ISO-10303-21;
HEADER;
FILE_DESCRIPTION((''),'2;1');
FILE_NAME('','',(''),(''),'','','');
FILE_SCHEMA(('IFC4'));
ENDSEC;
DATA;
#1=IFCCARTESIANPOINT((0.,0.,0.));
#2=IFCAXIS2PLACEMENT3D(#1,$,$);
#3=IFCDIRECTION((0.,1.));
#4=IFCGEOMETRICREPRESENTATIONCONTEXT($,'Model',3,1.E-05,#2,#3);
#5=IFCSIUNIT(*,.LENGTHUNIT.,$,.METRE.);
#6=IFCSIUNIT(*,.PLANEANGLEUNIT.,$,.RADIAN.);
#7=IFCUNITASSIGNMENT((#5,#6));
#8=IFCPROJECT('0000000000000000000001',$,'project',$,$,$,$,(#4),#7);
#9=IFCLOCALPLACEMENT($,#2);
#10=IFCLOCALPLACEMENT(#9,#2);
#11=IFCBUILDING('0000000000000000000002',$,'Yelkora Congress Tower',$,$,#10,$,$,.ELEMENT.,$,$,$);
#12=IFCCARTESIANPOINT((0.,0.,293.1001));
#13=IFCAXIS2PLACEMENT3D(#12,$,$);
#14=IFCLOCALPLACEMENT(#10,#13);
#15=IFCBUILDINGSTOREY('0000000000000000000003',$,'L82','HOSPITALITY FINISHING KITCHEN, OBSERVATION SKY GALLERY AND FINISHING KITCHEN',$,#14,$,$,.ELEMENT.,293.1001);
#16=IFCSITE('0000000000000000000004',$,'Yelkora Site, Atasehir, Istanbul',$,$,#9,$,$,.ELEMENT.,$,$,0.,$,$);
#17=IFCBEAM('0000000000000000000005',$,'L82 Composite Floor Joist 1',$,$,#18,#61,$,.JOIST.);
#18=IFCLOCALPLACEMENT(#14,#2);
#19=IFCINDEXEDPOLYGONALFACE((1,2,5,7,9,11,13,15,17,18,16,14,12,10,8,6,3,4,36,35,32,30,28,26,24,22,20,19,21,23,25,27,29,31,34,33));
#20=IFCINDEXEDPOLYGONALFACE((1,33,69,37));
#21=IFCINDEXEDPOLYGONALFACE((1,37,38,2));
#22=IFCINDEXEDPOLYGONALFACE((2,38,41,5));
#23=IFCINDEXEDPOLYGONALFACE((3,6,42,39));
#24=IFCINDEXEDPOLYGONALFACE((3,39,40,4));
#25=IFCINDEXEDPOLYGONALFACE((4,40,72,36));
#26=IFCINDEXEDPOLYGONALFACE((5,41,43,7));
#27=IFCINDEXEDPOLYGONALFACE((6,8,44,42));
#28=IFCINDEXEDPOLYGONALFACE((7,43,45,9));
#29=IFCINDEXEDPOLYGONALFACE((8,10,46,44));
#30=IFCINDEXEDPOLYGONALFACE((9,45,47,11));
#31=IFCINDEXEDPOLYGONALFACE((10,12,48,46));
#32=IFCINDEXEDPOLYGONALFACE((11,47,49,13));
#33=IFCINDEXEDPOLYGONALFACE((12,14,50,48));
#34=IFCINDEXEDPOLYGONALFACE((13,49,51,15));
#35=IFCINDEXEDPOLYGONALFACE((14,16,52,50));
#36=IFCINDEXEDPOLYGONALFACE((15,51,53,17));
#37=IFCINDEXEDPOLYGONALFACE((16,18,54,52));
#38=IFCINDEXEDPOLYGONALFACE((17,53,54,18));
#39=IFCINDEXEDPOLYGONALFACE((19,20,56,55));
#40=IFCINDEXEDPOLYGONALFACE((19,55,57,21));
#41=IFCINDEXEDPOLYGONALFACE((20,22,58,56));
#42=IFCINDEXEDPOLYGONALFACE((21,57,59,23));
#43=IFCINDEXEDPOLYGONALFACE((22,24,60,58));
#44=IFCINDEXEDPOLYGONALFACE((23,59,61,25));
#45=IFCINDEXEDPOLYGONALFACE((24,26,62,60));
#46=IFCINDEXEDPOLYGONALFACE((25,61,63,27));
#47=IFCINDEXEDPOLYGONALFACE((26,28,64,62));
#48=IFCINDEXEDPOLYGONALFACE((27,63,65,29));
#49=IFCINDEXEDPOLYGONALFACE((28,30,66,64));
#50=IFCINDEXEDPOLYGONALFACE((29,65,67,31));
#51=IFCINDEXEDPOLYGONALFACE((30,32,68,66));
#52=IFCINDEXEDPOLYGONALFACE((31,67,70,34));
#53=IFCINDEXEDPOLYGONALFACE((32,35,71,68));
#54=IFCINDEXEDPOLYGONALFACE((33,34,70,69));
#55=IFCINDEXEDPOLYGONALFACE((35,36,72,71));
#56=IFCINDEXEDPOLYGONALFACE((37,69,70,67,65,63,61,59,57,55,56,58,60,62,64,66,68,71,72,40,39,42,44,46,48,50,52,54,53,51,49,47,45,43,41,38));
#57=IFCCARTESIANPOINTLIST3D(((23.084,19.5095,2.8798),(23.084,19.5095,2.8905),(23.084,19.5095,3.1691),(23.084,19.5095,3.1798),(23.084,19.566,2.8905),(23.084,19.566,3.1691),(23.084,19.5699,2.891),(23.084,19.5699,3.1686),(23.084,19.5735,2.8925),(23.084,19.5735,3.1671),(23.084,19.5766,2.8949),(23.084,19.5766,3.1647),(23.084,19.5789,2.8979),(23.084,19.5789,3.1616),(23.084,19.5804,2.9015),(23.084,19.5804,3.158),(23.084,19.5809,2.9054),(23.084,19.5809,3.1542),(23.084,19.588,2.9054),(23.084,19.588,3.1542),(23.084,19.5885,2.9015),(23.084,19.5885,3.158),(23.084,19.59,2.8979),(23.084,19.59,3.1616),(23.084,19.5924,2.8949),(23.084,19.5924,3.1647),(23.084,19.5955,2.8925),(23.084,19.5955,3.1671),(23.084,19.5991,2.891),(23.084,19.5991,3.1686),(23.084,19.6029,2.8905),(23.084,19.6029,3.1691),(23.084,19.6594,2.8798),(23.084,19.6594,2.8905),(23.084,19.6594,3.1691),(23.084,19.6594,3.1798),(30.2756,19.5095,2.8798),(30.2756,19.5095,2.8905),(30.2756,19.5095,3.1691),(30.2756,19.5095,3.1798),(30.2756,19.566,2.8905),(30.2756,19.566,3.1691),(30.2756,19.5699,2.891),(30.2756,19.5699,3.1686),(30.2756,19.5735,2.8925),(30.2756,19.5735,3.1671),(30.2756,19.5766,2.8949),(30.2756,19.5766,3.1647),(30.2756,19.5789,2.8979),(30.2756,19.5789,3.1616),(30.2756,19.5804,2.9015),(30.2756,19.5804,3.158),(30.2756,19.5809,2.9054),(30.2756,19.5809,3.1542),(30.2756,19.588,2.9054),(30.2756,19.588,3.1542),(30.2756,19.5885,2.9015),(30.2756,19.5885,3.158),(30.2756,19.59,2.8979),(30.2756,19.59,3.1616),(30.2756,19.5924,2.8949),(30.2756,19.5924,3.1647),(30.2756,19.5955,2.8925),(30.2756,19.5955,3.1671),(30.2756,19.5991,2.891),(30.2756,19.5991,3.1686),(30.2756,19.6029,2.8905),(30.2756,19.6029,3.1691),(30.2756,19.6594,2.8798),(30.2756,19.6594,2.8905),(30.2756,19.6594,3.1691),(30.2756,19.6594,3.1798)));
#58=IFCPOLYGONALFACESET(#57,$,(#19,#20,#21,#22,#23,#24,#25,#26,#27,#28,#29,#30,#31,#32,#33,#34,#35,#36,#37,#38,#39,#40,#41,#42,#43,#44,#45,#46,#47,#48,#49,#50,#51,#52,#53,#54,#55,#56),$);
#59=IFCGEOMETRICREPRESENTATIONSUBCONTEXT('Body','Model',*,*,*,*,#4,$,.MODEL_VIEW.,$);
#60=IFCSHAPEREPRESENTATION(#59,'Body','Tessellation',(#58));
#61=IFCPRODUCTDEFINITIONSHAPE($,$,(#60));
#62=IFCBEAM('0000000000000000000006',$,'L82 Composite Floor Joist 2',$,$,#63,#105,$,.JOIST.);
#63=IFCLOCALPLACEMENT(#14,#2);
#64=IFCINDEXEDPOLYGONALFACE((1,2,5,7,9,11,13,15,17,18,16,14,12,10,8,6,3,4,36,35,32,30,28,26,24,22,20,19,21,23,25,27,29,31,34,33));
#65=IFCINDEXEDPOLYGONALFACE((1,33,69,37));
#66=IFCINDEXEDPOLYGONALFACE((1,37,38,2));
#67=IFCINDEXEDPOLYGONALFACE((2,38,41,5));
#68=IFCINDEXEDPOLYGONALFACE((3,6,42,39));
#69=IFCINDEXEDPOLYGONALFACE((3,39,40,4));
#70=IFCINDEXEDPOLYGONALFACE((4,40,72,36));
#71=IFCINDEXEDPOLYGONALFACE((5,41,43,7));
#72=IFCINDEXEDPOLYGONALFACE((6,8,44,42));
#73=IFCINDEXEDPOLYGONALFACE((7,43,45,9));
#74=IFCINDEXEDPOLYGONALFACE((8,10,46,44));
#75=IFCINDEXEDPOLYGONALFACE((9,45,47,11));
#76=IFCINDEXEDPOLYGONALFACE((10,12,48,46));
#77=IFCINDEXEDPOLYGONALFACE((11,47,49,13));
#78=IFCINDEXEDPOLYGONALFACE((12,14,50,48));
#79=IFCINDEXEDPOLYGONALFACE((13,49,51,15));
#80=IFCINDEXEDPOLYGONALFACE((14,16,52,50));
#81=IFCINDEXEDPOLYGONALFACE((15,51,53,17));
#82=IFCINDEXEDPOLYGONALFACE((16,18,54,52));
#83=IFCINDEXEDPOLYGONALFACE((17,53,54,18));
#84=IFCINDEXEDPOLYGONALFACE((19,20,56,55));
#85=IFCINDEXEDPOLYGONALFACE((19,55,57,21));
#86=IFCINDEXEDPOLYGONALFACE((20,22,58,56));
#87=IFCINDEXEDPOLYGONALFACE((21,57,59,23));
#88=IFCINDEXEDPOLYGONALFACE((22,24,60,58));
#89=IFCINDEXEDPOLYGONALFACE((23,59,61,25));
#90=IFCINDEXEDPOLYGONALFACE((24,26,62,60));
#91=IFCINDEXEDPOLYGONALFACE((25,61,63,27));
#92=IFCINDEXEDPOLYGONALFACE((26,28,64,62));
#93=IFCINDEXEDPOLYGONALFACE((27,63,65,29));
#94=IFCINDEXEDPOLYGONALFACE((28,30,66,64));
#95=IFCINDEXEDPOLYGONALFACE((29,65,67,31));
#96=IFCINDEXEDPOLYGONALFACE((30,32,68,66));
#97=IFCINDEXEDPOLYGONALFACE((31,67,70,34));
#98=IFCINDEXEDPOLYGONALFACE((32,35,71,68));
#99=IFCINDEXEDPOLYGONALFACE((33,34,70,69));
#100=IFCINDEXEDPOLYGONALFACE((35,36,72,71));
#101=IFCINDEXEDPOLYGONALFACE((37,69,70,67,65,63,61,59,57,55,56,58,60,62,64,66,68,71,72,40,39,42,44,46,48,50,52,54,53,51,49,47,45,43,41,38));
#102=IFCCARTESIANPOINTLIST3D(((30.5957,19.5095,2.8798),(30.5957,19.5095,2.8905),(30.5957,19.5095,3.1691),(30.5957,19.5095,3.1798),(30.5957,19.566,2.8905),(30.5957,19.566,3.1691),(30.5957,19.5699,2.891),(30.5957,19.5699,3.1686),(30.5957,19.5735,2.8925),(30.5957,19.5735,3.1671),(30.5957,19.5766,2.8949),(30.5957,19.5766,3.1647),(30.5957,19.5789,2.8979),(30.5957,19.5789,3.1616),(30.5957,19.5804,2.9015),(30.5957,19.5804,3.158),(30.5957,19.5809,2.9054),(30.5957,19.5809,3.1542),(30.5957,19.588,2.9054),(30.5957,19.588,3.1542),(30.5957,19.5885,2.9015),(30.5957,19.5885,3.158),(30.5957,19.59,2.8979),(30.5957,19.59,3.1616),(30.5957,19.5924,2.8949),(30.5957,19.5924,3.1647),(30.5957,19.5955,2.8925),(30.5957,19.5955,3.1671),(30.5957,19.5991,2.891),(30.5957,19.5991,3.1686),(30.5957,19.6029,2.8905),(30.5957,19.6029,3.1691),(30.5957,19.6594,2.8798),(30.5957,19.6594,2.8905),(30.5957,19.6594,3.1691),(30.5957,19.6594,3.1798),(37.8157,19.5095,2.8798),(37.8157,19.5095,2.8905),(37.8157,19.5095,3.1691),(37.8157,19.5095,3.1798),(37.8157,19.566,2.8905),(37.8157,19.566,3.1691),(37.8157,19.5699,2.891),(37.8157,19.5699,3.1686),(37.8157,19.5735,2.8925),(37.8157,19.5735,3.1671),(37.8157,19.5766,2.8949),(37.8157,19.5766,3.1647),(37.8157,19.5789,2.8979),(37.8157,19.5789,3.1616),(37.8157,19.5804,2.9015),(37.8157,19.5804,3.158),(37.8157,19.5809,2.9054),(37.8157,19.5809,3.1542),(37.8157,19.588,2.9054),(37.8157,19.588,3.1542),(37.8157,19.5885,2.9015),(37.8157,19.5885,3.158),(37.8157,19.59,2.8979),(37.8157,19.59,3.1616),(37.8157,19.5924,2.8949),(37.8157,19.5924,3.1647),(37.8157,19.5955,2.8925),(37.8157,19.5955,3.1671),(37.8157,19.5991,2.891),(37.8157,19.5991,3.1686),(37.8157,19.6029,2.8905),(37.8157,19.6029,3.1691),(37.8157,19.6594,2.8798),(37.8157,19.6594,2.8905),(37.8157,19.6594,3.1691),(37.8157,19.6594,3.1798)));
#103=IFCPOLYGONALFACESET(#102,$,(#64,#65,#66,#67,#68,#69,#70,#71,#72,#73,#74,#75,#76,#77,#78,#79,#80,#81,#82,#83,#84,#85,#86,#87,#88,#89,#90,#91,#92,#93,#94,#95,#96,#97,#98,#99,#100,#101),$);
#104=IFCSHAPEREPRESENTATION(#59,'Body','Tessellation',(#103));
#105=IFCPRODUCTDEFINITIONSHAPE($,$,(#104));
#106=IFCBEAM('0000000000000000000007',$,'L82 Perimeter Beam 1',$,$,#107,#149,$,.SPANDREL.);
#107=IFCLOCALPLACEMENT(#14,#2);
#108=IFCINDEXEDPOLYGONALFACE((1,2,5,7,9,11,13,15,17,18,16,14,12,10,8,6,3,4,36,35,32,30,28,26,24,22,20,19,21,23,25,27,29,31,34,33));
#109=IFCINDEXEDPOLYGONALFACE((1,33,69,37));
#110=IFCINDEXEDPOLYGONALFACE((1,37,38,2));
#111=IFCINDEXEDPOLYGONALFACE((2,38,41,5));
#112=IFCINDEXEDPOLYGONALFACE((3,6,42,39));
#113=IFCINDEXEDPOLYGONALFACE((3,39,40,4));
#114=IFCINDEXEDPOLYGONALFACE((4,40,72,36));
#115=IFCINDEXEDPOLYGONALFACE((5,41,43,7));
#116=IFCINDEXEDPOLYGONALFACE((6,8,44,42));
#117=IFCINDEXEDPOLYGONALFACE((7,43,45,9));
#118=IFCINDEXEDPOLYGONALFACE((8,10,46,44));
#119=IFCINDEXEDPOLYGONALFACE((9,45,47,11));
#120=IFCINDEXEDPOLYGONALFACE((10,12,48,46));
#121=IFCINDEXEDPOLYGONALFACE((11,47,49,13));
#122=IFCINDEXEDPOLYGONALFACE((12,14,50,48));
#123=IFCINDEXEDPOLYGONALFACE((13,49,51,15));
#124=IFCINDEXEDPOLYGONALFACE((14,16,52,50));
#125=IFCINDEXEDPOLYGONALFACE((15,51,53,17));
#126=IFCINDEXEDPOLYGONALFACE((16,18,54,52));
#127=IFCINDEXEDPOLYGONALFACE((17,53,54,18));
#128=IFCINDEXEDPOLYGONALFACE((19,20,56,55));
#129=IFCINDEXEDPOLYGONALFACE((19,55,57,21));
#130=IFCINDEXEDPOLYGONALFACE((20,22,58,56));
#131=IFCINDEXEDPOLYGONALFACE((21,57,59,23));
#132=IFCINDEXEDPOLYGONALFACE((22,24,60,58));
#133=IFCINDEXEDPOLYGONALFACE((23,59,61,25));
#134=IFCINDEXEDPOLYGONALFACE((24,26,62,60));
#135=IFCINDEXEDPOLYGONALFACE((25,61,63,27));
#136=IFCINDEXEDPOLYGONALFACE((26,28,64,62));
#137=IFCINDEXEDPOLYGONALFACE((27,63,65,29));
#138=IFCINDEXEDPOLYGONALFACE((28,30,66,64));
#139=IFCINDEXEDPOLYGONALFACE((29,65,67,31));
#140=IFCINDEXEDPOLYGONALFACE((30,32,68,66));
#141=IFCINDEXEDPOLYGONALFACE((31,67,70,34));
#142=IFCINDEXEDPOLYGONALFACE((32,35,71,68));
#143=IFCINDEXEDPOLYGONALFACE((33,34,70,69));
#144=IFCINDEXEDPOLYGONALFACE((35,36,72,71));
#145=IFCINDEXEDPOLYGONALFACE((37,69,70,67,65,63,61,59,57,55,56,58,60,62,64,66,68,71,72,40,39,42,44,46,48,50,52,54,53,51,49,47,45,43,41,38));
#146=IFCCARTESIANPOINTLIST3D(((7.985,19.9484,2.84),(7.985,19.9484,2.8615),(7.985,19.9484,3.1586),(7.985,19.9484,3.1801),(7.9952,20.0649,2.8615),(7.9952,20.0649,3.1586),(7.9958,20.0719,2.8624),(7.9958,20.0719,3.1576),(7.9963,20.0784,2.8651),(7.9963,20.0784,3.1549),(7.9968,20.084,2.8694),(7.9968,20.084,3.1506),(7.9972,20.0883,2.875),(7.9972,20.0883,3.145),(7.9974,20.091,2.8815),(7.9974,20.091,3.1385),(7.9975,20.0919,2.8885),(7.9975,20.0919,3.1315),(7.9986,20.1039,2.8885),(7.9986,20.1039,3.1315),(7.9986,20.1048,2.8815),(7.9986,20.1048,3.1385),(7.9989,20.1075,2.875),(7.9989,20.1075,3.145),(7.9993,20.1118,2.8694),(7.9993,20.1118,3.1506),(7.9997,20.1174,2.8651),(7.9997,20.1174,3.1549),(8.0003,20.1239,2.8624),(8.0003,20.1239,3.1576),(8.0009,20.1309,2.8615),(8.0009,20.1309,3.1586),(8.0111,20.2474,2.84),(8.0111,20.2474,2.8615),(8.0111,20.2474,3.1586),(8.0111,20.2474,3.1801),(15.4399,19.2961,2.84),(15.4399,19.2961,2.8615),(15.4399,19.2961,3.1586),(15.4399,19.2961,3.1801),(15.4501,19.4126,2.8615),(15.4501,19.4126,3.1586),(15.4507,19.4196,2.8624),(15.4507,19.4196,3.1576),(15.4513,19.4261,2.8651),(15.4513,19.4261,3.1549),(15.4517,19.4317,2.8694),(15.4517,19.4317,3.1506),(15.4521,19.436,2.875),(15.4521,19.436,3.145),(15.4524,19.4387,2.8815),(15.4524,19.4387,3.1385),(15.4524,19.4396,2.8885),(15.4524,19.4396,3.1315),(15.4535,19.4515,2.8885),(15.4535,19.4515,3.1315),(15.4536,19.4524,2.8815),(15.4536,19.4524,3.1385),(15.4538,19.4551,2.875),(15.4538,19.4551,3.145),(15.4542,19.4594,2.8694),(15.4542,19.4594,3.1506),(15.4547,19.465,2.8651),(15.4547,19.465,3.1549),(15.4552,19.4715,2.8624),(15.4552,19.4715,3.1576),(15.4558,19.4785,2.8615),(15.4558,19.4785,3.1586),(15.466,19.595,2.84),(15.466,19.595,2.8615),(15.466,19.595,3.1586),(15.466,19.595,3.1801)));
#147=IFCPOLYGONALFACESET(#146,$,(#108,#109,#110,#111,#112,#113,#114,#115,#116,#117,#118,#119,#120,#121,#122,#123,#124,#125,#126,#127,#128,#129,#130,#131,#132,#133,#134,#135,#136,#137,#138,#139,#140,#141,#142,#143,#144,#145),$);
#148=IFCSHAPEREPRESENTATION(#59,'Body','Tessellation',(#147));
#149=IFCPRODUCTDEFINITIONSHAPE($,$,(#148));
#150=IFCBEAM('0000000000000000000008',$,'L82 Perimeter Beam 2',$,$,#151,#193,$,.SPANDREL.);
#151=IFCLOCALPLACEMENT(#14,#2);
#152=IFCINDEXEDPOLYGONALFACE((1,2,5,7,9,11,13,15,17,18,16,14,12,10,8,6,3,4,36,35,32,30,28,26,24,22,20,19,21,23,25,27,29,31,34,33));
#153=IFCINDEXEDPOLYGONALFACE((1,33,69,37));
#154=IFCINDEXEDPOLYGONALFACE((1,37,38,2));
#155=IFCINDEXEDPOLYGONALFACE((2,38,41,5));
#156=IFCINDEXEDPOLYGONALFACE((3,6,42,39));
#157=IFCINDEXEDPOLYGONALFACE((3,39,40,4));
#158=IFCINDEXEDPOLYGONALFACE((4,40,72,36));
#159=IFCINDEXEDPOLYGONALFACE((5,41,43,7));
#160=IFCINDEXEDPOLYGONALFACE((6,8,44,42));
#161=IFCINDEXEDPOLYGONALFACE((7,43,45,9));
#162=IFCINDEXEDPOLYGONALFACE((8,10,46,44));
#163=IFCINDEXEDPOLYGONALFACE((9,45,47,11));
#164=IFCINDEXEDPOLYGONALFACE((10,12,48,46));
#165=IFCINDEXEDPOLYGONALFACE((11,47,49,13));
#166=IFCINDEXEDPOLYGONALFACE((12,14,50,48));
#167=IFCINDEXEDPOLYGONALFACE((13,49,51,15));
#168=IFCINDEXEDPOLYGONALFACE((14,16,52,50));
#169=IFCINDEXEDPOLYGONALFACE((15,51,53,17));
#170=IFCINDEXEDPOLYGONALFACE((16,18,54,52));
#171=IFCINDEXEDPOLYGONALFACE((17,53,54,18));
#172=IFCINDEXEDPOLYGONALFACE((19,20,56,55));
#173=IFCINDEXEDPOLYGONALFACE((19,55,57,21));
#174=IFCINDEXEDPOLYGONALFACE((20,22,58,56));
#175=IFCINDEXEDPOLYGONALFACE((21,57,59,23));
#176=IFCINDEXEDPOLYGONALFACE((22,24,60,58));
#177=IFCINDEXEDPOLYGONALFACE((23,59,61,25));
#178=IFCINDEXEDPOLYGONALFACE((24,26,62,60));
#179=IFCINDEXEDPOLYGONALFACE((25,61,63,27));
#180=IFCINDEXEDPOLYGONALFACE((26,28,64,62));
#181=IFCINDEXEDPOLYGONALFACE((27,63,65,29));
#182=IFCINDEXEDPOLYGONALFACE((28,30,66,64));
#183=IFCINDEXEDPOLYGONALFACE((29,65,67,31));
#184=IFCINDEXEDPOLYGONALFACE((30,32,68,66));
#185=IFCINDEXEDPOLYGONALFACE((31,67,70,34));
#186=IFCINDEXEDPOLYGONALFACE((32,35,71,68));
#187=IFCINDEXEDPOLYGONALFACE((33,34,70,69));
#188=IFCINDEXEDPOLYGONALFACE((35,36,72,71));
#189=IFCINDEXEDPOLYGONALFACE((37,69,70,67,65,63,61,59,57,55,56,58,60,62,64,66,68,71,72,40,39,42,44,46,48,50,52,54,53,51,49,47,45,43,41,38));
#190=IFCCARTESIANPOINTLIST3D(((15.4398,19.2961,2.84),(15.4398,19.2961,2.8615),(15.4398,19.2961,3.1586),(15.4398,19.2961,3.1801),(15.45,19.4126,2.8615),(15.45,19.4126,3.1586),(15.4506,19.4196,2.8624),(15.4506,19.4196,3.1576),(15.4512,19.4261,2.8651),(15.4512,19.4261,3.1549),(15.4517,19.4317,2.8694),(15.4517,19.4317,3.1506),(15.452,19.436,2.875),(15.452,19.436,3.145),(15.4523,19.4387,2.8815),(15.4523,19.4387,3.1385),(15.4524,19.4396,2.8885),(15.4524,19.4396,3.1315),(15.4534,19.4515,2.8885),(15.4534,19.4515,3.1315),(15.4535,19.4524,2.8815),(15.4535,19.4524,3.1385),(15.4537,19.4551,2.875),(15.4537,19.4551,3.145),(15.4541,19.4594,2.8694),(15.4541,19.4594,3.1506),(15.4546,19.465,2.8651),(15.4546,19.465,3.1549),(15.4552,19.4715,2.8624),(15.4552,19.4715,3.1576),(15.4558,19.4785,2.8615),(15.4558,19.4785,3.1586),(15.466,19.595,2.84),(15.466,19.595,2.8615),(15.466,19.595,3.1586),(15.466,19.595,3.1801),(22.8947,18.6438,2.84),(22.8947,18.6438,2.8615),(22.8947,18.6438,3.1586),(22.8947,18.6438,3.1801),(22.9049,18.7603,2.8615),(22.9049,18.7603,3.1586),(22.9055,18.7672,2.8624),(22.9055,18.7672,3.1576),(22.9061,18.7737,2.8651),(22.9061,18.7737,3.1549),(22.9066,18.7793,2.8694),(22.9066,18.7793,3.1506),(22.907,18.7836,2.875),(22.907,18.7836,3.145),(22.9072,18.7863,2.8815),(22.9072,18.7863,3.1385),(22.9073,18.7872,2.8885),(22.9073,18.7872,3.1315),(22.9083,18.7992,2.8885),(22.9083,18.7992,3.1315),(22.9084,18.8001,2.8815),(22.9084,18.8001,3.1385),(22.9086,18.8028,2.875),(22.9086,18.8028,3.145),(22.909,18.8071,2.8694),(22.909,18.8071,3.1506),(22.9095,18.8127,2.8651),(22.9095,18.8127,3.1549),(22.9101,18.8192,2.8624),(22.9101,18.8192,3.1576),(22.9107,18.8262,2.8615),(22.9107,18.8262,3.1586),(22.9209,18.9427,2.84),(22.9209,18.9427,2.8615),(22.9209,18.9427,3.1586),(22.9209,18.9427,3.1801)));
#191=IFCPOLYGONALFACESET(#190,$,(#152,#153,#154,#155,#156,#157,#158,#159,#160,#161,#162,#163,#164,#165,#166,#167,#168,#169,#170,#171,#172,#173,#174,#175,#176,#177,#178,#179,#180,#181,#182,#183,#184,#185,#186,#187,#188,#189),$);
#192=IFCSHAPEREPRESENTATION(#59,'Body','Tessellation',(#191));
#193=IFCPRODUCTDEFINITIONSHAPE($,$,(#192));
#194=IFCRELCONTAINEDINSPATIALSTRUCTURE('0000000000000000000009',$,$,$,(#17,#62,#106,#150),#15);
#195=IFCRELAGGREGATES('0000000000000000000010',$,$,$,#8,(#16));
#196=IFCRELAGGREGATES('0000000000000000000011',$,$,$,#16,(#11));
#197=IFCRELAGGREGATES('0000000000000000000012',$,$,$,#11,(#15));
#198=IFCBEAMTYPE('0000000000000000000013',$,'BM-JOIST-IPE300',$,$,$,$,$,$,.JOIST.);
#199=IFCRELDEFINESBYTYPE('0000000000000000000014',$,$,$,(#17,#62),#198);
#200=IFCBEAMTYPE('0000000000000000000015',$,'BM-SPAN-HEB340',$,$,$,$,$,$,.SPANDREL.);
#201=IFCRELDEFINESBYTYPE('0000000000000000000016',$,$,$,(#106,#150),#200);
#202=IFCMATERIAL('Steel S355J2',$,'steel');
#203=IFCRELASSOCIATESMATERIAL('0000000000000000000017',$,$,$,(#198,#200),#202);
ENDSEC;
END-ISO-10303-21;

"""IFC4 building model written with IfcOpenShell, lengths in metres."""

from ifc_helpers import new_model, si_unit, direction, frame, origin, origin_2d, place, context, subcontext, project, spatial, i_section, extrude, material, material_profile, profile_set, type_object, element, save


model = new_model("IFC4")

# Units and contexts
model_context = context("Model", 3, precision=1e-05, world=origin(), true_north=direction((0.0, 1.0)))
body_context = subcontext(model_context, "Body", "Model", "MODEL_VIEW")
ifc_project = project(units=[si_unit("LENGTHUNIT", "METRE"), si_unit("PLANEANGLEUNIT", "RADIAN")], contexts=[model_context])

# Site, building, storey
site_placement = place(None, origin())
site = spatial("IfcSite", under=ifc_project, at=site_placement, Name="Yelkora Site, Atasehir, Istanbul", CompositionType="ELEMENT", RefElevation=0.0)
building_placement = place(site_placement, origin())
building = spatial("IfcBuilding", under=site, at=building_placement, Name="Yelkora Congress Tower", CompositionType="ELEMENT")
storey_placement = place(building_placement, frame((0.0, 0.0, 293.1001)))
storey = spatial("IfcBuildingStorey", under=building, at=storey_placement, Name="L82", Description="HOSPITALITY FINISHING KITCHEN, OBSERVATION SKY GALLERY AND FINISHING KITCHEN", CompositionType="ELEMENT", Elevation=293.1001)

# Shared definitions
ifc_material_1 = material(Name="Steel S355J2", Category="steel")

# Beams
ifc_material_profile_1 = material_profile(ifc_material_1, i_section(OverallWidth=0.1499, OverallDepth=0.3, WebThickness=0.0071, FlangeThickness=0.0107, FilletRadius=0.0149, at=origin_2d()), Name="IPE 300")
ifc_profile_set_1 = profile_set([ifc_material_profile_1], Name="Steel S355J2")
beam_type_1 = type_object("IfcBeamType", Name="BM-JOIST-IPE300", PredefinedType="JOIST", material=ifc_profile_set_1)
beam_1_placement = place(storey_placement, frame((23.084, 19.5845, 3.0298), z_axis=(1.0, 0.0, 0.0), x_axis=(0.0, 1.0, 0.0)))
element("IfcBeam", 1, at=beam_1_placement, inside=storey, type_object=beam_type_1, Name="L82 Composite Floor Joist 1", PredefinedType="JOIST", context=body_context, shape_type="SweptSolid", body=[
    extrude(i_section(OverallWidth=0.1499, OverallDepth=0.3, WebThickness=0.0071, FlangeThickness=0.0107, FilletRadius=0.0149, at=origin_2d()), origin(), (0.0, 0.0, 1.0), 7.1917),
])
beam_2_placement = place(storey_placement, frame((30.5957, 19.5845, 3.0298), z_axis=(1.0, 0.0, 0.0), x_axis=(0.0, 1.0, 0.0)))
element("IfcBeam", 2, at=beam_2_placement, inside=storey, type_object=beam_type_1, Name="L82 Composite Floor Joist 2", PredefinedType="JOIST", context=body_context, shape_type="SweptSolid", body=[
    extrude(i_section(OverallWidth=0.1499, OverallDepth=0.3, WebThickness=0.0071, FlangeThickness=0.0107, FilletRadius=0.0149, at=origin_2d()), origin(), (0.0, 0.0, 1.0), 7.22),
])
ifc_material_profile_2 = material_profile(ifc_material_1, i_section(OverallWidth=0.3, OverallDepth=0.3401, WebThickness=0.012, FlangeThickness=0.0215, FilletRadius=0.0271, at=origin_2d()), Name="HEB 340")
ifc_profile_set_2 = profile_set([ifc_material_profile_2], Name="Steel S355J2")
beam_type_2 = type_object("IfcBeamType", Name="BM-SPAN-HEB340", PredefinedType="SPANDREL", material=ifc_profile_set_2)
for number, where, z_axis, x_axis, name in (
    (3, (7.998, 20.0979, 3.01), (0.996193, -0.087173, 0.0), (0.087173, 0.996193, 0.0), "L82 Perimeter Beam 1"),
    (4, (15.4529, 19.4456, 3.01), (0.996193, -0.087173, 0.0), (0.087173, 0.996193, 0.0), "L82 Perimeter Beam 2"),
):
    element("IfcBeam", number, at=place(storey_placement, frame(where, z_axis=z_axis, x_axis=x_axis)), inside=storey, type_object=beam_type_2, Name=name, PredefinedType="SPANDREL", context=body_context, shape_type="SweptSolid", body=[
        extrude(i_section(OverallWidth=0.3, OverallDepth=0.3401, WebThickness=0.012, FlangeThickness=0.0215, FilletRadius=0.0271, at=origin_2d()), origin(), (0.0, 0.0, 1.0), 7.4834),
    ])

save(model, "model.ifc")
